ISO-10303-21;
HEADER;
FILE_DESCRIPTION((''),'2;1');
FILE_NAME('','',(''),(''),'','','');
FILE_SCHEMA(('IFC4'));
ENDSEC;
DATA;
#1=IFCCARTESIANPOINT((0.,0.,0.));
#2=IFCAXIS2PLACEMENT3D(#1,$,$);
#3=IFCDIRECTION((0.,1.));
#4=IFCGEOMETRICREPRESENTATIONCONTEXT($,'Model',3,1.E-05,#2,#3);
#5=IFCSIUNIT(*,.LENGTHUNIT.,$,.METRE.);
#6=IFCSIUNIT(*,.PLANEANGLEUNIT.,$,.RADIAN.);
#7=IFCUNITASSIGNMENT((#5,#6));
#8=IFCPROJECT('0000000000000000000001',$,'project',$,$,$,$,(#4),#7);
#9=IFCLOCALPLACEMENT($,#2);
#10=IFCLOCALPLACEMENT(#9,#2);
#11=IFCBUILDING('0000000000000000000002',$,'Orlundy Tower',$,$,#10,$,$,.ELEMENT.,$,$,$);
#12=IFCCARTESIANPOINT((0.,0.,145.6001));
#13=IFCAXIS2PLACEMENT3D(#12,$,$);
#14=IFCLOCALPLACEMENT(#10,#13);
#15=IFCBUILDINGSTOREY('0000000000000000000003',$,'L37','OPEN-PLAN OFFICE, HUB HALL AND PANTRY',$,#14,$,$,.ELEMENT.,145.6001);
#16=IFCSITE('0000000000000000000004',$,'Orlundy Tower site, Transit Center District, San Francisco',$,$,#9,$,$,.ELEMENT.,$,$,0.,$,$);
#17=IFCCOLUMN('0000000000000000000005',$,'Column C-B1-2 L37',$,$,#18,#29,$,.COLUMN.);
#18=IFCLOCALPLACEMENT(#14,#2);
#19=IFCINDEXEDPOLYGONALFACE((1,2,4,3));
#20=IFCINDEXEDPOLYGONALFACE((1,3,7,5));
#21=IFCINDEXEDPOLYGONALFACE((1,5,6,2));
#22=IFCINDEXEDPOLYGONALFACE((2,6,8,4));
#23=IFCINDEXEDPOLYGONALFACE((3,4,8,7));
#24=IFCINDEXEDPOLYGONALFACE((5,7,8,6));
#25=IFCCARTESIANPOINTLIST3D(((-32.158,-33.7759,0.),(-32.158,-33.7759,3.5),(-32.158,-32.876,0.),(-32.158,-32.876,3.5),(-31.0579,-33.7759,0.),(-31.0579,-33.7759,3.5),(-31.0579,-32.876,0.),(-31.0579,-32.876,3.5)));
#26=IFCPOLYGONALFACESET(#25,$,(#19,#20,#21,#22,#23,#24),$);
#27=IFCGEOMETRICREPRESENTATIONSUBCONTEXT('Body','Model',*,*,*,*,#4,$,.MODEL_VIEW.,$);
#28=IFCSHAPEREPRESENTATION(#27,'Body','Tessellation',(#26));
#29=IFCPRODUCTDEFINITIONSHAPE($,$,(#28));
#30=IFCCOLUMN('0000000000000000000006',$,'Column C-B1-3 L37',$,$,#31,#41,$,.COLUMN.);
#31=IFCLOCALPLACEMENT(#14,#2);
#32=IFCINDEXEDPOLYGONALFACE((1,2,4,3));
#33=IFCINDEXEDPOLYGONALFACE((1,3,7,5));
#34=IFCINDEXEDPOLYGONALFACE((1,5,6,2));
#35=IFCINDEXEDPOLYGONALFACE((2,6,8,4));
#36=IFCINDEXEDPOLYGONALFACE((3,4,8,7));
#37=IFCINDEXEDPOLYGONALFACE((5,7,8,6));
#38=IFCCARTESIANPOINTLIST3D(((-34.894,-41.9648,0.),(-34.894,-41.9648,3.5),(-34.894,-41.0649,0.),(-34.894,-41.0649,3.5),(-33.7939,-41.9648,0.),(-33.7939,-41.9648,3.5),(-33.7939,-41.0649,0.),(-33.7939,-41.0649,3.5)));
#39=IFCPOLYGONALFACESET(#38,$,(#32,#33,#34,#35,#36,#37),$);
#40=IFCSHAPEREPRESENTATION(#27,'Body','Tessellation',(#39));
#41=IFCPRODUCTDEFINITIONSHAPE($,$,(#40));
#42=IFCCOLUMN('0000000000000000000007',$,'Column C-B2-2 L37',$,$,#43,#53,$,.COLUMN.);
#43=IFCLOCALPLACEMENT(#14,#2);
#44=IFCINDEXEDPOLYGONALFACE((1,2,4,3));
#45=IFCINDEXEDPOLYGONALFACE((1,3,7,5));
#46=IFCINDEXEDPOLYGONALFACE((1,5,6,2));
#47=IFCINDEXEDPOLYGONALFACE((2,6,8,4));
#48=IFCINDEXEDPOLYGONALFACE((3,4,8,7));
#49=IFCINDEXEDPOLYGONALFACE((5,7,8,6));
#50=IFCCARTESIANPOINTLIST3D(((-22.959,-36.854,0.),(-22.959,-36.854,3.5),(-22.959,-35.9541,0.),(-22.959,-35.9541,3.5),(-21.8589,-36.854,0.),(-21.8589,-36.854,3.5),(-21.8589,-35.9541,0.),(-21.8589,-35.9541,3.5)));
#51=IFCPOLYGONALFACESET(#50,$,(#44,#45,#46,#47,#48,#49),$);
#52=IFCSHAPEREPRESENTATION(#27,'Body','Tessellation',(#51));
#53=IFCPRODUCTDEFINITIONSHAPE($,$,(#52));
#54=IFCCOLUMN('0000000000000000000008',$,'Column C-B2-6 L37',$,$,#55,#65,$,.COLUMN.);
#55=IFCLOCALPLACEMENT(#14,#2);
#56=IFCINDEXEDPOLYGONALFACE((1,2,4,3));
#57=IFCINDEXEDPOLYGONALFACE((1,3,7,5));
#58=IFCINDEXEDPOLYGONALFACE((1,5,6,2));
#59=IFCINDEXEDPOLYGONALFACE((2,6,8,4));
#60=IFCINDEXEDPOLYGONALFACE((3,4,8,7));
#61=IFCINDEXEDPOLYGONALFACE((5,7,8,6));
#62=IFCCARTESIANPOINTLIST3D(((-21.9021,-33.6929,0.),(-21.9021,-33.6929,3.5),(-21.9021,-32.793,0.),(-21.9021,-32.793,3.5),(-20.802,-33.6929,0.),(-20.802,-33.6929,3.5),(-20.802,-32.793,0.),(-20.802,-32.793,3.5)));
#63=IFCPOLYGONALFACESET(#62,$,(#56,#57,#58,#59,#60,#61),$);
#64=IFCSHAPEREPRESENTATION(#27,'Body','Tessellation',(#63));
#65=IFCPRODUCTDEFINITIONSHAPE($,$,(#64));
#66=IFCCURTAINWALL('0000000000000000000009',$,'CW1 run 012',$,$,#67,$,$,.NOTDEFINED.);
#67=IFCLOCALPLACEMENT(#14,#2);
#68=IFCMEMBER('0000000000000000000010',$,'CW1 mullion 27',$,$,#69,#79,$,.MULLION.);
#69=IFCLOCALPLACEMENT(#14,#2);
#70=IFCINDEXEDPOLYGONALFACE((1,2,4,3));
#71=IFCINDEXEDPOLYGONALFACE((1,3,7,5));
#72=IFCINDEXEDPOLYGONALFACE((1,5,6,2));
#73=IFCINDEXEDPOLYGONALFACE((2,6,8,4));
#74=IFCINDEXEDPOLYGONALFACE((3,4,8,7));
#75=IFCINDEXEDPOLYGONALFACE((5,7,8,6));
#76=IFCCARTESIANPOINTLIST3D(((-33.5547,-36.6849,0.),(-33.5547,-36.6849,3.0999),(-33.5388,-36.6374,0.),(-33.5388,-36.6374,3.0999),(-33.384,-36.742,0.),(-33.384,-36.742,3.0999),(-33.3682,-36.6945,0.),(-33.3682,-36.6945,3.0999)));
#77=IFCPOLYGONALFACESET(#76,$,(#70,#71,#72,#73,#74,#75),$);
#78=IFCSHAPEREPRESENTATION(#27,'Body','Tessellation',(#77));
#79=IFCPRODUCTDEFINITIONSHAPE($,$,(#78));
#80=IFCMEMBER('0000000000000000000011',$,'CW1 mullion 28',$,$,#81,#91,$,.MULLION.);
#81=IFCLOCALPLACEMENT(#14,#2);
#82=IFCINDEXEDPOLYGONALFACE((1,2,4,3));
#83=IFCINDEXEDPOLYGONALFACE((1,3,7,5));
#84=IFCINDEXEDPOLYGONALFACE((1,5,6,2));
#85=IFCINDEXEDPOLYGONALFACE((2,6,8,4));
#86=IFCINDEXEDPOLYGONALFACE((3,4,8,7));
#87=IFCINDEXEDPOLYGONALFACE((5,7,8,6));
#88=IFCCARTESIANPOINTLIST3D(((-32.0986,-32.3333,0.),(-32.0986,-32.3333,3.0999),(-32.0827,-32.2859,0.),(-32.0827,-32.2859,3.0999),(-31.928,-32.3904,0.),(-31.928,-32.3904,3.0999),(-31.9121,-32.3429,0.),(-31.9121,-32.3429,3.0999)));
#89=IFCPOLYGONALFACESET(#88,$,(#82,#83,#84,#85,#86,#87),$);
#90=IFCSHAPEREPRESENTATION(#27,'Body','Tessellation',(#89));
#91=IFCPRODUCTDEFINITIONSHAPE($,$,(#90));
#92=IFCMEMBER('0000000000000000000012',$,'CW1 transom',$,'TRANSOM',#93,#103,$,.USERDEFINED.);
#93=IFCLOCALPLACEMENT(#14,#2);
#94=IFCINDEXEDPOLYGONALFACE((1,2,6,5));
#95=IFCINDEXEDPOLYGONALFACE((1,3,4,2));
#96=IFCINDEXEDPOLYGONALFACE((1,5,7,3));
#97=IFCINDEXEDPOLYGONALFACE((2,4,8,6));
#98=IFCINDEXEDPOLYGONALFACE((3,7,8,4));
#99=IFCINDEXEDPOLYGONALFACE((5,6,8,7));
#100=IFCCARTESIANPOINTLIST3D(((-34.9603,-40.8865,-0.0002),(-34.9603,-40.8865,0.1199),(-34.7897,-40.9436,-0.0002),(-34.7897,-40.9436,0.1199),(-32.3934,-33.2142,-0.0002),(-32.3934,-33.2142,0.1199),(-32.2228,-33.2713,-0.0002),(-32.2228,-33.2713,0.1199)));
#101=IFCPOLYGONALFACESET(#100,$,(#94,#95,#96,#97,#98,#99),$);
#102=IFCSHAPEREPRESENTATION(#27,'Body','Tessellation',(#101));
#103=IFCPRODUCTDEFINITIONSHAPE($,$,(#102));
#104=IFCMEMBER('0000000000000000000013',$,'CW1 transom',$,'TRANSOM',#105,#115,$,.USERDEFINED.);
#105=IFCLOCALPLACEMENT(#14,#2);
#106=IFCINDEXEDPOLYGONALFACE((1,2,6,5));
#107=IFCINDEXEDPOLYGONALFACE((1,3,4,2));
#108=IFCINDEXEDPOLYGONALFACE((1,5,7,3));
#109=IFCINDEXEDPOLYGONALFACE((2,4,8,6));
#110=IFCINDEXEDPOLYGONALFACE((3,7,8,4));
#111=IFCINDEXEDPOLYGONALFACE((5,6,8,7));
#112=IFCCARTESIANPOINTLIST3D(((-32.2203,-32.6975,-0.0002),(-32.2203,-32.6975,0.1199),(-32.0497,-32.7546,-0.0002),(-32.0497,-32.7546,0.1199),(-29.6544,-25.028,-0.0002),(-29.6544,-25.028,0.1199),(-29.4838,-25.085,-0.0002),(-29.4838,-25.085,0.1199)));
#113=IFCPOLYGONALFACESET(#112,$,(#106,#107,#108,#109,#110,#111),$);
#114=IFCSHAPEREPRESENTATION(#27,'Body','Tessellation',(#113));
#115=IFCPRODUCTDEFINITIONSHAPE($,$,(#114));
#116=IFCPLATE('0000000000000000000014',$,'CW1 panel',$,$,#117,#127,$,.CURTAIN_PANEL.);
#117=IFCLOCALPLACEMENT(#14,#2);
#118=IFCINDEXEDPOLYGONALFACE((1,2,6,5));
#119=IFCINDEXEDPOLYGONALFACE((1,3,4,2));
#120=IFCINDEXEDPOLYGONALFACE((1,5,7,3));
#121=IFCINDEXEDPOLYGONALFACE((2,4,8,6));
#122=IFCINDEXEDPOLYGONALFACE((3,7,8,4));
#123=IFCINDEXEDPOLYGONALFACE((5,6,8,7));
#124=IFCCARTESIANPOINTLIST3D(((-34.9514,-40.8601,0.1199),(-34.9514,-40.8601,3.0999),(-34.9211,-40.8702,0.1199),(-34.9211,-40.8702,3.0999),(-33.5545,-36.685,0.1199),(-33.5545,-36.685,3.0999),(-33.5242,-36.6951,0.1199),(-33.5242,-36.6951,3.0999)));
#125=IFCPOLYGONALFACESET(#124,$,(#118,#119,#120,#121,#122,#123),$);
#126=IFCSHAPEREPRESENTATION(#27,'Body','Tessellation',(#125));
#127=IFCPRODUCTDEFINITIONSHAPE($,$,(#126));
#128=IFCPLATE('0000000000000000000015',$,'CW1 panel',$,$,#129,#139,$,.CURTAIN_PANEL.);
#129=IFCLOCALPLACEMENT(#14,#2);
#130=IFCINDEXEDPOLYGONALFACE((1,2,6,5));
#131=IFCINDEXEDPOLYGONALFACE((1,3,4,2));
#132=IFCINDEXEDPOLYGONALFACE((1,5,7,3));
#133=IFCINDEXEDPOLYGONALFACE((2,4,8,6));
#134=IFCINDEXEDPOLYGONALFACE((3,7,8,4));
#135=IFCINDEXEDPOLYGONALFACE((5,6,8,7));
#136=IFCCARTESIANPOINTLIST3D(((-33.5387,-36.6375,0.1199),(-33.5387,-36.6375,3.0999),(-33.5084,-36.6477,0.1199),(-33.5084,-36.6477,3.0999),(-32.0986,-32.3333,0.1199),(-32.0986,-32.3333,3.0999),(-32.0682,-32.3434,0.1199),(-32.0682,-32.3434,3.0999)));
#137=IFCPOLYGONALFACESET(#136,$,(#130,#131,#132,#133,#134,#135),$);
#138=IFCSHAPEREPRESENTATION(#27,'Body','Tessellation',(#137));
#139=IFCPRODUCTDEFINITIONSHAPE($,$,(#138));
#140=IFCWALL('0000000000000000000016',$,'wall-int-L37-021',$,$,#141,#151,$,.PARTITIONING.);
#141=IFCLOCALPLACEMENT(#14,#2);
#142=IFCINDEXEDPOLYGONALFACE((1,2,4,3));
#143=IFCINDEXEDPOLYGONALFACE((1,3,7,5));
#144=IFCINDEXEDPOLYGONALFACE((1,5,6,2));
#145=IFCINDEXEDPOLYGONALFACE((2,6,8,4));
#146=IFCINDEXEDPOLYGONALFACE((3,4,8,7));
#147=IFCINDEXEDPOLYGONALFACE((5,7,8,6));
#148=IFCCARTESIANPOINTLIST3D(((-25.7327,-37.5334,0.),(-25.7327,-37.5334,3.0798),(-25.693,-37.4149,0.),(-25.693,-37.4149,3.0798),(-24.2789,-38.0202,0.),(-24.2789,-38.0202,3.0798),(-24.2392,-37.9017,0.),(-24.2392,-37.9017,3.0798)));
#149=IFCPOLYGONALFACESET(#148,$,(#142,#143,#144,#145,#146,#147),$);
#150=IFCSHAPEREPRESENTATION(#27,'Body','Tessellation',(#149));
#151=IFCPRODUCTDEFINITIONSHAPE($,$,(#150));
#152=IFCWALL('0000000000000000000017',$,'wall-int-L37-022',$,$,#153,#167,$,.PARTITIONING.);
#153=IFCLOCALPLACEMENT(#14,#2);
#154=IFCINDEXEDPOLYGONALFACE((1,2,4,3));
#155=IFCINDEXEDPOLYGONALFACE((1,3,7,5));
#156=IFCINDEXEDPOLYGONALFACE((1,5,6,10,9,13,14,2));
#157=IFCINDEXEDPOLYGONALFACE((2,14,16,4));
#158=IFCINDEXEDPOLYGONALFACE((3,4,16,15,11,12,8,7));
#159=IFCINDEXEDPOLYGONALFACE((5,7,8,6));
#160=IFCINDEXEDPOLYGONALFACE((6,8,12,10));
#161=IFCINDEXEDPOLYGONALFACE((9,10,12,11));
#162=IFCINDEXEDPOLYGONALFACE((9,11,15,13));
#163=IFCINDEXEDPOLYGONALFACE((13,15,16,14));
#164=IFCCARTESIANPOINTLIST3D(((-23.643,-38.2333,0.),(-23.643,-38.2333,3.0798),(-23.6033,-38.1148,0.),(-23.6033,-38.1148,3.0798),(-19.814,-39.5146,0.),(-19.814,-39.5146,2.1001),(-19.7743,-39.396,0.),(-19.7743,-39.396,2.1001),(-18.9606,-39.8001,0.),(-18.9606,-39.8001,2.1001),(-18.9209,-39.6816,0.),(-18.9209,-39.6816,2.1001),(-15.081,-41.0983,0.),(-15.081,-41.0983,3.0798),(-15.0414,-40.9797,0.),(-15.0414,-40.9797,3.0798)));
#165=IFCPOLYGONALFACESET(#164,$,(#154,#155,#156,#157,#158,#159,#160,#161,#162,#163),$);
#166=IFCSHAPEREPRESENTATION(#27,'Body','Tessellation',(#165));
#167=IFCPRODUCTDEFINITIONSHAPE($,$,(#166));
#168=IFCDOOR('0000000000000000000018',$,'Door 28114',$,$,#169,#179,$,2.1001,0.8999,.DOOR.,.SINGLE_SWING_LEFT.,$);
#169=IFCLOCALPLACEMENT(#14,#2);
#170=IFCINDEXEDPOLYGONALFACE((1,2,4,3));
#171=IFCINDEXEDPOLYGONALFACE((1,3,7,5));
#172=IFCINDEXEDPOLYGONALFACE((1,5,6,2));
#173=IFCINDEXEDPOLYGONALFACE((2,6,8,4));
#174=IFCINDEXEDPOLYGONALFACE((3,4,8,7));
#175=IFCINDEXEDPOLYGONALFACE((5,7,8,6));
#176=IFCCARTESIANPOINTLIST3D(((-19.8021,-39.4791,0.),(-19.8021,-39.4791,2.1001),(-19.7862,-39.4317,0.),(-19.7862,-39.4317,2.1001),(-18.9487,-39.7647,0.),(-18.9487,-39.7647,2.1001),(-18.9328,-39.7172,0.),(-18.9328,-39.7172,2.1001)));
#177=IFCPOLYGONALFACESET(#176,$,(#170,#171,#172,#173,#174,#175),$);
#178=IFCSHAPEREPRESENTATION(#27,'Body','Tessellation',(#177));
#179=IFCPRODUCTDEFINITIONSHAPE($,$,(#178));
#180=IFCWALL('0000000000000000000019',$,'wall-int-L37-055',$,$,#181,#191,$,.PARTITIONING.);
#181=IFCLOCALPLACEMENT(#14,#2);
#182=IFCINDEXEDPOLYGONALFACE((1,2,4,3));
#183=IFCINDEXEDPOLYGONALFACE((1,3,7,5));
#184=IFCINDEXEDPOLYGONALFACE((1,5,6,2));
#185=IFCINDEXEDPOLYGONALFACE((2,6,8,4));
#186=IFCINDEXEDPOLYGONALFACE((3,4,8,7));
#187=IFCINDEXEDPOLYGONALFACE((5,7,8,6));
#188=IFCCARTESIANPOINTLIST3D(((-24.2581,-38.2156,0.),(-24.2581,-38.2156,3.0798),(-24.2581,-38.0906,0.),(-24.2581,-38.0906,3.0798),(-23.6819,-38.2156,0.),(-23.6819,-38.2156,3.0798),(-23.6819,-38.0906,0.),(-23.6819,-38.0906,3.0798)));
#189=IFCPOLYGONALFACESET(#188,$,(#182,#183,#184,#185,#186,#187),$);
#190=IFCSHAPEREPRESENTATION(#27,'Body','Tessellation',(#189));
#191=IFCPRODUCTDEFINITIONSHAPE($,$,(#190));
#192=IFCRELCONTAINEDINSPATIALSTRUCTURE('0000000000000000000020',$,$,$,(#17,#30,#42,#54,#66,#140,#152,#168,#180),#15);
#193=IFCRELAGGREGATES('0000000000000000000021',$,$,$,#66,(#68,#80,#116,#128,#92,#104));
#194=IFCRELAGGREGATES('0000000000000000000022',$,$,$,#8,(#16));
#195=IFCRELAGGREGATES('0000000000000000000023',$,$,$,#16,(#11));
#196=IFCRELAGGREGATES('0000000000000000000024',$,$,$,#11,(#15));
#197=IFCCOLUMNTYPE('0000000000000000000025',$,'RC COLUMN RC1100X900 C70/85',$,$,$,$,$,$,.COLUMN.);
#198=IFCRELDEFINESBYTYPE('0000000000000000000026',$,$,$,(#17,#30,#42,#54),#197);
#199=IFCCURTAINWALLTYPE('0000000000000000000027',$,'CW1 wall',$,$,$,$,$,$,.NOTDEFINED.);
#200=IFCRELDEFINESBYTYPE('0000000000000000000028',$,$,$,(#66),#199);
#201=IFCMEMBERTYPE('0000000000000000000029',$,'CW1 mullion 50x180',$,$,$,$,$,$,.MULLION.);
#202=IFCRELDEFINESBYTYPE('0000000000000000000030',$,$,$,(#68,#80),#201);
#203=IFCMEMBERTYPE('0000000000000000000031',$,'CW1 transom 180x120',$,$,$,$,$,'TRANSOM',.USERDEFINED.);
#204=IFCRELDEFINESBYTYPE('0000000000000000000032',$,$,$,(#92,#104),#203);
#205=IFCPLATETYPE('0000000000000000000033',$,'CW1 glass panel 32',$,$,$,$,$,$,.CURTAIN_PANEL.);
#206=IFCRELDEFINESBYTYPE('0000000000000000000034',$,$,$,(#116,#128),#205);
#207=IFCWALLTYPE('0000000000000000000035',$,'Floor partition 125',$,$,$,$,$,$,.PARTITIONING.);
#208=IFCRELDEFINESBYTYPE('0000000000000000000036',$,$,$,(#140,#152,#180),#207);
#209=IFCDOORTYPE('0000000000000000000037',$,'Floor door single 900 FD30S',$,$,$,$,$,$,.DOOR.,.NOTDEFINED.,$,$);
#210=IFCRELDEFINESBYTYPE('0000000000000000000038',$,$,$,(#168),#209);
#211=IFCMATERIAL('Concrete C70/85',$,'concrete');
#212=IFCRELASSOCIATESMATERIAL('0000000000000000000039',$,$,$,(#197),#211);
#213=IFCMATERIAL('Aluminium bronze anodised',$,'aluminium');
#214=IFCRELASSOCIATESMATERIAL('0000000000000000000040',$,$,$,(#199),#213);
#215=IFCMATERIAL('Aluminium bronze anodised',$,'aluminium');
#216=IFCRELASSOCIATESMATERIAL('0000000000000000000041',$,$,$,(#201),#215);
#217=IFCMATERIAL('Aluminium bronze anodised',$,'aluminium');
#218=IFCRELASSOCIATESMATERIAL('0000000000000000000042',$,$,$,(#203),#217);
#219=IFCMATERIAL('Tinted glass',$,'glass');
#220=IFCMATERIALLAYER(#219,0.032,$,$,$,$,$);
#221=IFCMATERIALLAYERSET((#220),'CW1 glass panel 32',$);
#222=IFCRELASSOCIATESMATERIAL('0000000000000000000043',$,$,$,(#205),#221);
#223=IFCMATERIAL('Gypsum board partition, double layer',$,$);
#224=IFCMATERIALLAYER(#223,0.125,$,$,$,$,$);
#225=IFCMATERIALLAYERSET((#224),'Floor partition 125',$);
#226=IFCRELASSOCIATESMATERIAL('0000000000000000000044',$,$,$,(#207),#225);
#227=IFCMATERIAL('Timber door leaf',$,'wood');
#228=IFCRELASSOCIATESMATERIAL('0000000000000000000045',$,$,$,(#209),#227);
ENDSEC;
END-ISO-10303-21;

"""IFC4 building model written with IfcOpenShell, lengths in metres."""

from ifc_helpers import new_model, si_unit, direction, frame, frame_2d, origin, origin_2d, place, context, subcontext, project, spatial, rectangle, extrude, material, layer, layer_set, material_profile, profile_set, type_object, element, fill, aggregate, save


model = new_model("IFC4")

# Units and contexts
model_context = context("Model", 3, precision=1e-05, world=origin(), true_north=direction((0.0, 1.0)))
body_context = subcontext(model_context, "Body", "Model", "MODEL_VIEW")
ifc_project = project(units=[si_unit("LENGTHUNIT", "METRE"), si_unit("PLANEANGLEUNIT", "RADIAN")], contexts=[model_context])

# Site, building, storey
site_placement = place(None, origin())
site = spatial("IfcSite", under=ifc_project, at=site_placement, Name="Orlundy Tower site, Transit Center District, San Francisco", CompositionType="ELEMENT", RefElevation=0.0)
building_placement = place(site_placement, origin())
building = spatial("IfcBuilding", under=site, at=building_placement, Name="Orlundy Tower", CompositionType="ELEMENT")
storey_placement = place(building_placement, frame((0.0, 0.0, 145.6001)))
storey = spatial("IfcBuildingStorey", under=building, at=storey_placement, Name="L37", Description="OPEN-PLAN OFFICE, HUB HALL AND PANTRY", CompositionType="ELEMENT", Elevation=145.6001)

# Columns
ifc_material_1 = material(Name="Concrete C70/85", Category="concrete")
ifc_material_profile_1 = material_profile(ifc_material_1, rectangle(XDim=1.1001, YDim=0.8999, at=origin_2d()), Name="RC1100X900")
ifc_profile_set_1 = profile_set([ifc_material_profile_1], Name="Concrete C70/85")
column_type = type_object("IfcColumnType", Name="RC COLUMN RC1100X900 C70/85", PredefinedType="COLUMN", material=ifc_profile_set_1)
for number, where, z_axis, x_axis, name in (
    (1, (-31.6079, -33.3259, 0.0), (0.0, 0.0, 1.0), (1.0, 0.0, 0.0), "Column C-B1-2 L37"),
    (2, (-34.344, -41.5149, 0.0), (0.0, 0.0, 1.0), (1.0, 0.0, 0.0), "Column C-B1-3 L37"),
    (3, (-22.4089, -36.4041, 0.0), (0.0, 0.0, 1.0), (1.0, 0.0, 0.0), "Column C-B2-2 L37"),
    (4, (-21.3521, -33.2429, 0.0), (0.0, 0.0, 1.0), (1.0, 0.0, 0.0), "Column C-B2-6 L37"),
):
    element("IfcColumn", number, at=place(storey_placement, frame(where, z_axis=z_axis, x_axis=x_axis)), inside=storey, type_object=column_type, Name=name, PredefinedType="COLUMN", context=body_context, shape_type="SweptSolid", body=[
        extrude(rectangle(XDim=1.1001, YDim=0.8999, at=origin_2d()), origin(), (0.0, 0.0, 1.0), 3.5),
    ])

# Curtain wall, members, plates
ifc_material_2 = material(Name="Aluminium bronze anodised", Category="aluminium")
curtain_wall_type = type_object("IfcCurtainWallType", Name="CW1 wall", PredefinedType="NOTDEFINED", material=ifc_material_2)
curtain_wall_placement = place(storey_placement, origin())
curtain_wall = element("IfcCurtainWall", 5, at=curtain_wall_placement, inside=storey, type_object=curtain_wall_type, Name="CW1 run 012", PredefinedType="NOTDEFINED")
ifc_material_3 = material(Name="Aluminium bronze anodised", Category="aluminium")
ifc_material_profile_2 = material_profile(ifc_material_3, rectangle(XDim=0.1799, YDim=0.05, at=origin_2d()), Name="CW1 mullion 50x180")
ifc_profile_set_2 = profile_set([ifc_material_profile_2], Name="Aluminium bronze anodised")
member_type_1 = type_object("IfcMemberType", Name="CW1 mullion 50x180", PredefinedType="MULLION", material=ifc_profile_set_2)
member_1_placement = place(storey_placement, frame((-33.4614, -36.6897, 0.0), z_axis=(0.0, 0.0, 1.0), x_axis=(-0.948327, 0.317295, 0.0)))
member_1 = element("IfcMember", 6, at=member_1_placement, type_object=member_type_1, Name="CW1 mullion 27", PredefinedType="MULLION", context=body_context, shape_type="SweptSolid", body=[
    extrude(rectangle(XDim=0.1799, YDim=0.05, at=origin_2d()), origin(), (0.0, 0.0, 1.0), 3.0999),
])
member_2_placement = place(storey_placement, frame((-32.0054, -32.3381, 0.0), z_axis=(0.0, 0.0, 1.0), x_axis=(-0.948327, 0.317295, 0.0)))
member_2 = element("IfcMember", 7, at=member_2_placement, type_object=member_type_1, Name="CW1 mullion 28", PredefinedType="MULLION", context=body_context, shape_type="SweptSolid", body=[
    extrude(rectangle(XDim=0.1799, YDim=0.05, at=origin_2d()), origin(), (0.0, 0.0, 1.0), 3.0999),
])
ifc_material_4 = material(Name="Aluminium bronze anodised", Category="aluminium")
ifc_material_profile_3 = material_profile(ifc_material_4, rectangle(XDim=0.1799, YDim=0.1201, at=origin_2d()), Name="CW1 transom 180x120")
ifc_profile_set_3 = profile_set([ifc_material_profile_3], Name="Aluminium bronze anodised")
member_type_2 = type_object("IfcMemberType", Name="CW1 transom 180x120", ElementType="TRANSOM", PredefinedType="USERDEFINED", material=ifc_profile_set_3)
member_3_placement = place(storey_placement, frame((-34.875, -40.915, 0.0598), z_axis=(0.317278, 0.948333, 0.0), x_axis=(-0.948333, 0.317278, 0.0)))
member_3 = element("IfcMember", 8, at=member_3_placement, type_object=member_type_2, Name="CW1 transom", ObjectType="TRANSOM", PredefinedType="USERDEFINED", context=body_context, shape_type="SweptSolid", body=[
    extrude(rectangle(XDim=0.1799, YDim=0.1201, at=origin_2d()), origin(), (0.0, 0.0, 1.0), 8.0903),
])
member_4_placement = place(storey_placement, frame((-32.135, -32.7261, 0.0598), z_axis=(0.317269, 0.948336, 0.0), x_axis=(-0.948336, 0.317269, 0.0)))
member_4 = element("IfcMember", 9, at=member_4_placement, type_object=member_type_2, Name="CW1 transom", ObjectType="TRANSOM", PredefinedType="USERDEFINED", context=body_context, shape_type="SweptSolid", body=[
    extrude(rectangle(XDim=0.1799, YDim=0.1201, at=origin_2d()), origin(), (0.0, 0.0, 1.0), 8.0874),
])
ifc_material_5 = material(Name="Tinted glass", Category="glass")
ifc_layer_1 = layer(ifc_material_5, 0.032)
ifc_layer_set_1 = layer_set([ifc_layer_1], Name="CW1 glass panel 32")
plate_type = type_object("IfcPlateType", Name="CW1 glass panel 32", PredefinedType="CURTAIN_PANEL", material=ifc_layer_set_1)
plate_1_placement = place(storey_placement, frame((-34.2378, -38.7776, 0.1199), z_axis=(0.0, 0.0, 1.0), x_axis=(0.317295, 0.948327, 0.0)))
plate_1 = element("IfcPlate", 10, at=plate_1_placement, type_object=plate_type, Name="CW1 panel", PredefinedType="CURTAIN_PANEL", context=body_context, shape_type="SweptSolid", body=[
    extrude(rectangle(XDim=4.4026, YDim=0.032, at=origin_2d()), origin(), (0.0, 0.0, 1.0), 2.98),
])
plate_2_placement = place(storey_placement, frame((-32.8035, -34.4905, 0.1199), z_axis=(0.0, 0.0, 1.0), x_axis=(0.317295, 0.948327, 0.0)))
plate_2 = element("IfcPlate", 11, at=plate_2_placement, type_object=plate_type, Name="CW1 panel", PredefinedType="CURTAIN_PANEL", context=body_context, shape_type="SweptSolid", body=[
    extrude(rectangle(XDim=4.5388, YDim=0.032, at=origin_2d()), origin(), (0.0, 0.0, 1.0), 2.98),
])
aggregate(curtain_wall, [member_1, member_2, plate_1, plate_2, member_3, member_4])

# Wall
ifc_material_6 = material(Name="Gypsum board partition, double layer")
ifc_layer_2 = layer(ifc_material_6, 0.125)
ifc_layer_set_2 = layer_set([ifc_layer_2], Name="Floor partition 125")
wall_type_1 = type_object("IfcWallType", Name="Floor partition 125", PredefinedType="PARTITIONING", material=ifc_layer_set_2)
wall_1_placement = place(storey_placement, frame((-25.7129, -37.4741, 0.0), z_axis=(0.0, 0.0, 1.0), x_axis=(0.948252, -0.317517, 0.0)))
element("IfcWall", 12, at=wall_1_placement, inside=storey, type_object=wall_type_1, Name="wall-int-L37-021", PredefinedType="PARTITIONING", context=body_context, shape_type="SweptSolid", body=[
    extrude(rectangle(XDim=1.5332, YDim=0.125, at=frame_2d((0.7666, 0.0))), origin(), (0.0, 0.0, 1.0), 3.0798),
])

# Wall, opening, door
wall_2_placement = place(storey_placement, frame((-23.623, -38.1741, 0.0), z_axis=(0.0, 0.0, 1.0), x_axis=(0.948318, -0.317323, 0.0)))
wall_2 = element("IfcWall", 13, at=wall_2_placement, inside=storey, type_object=wall_type_1, Name="wall-int-L37-022", PredefinedType="PARTITIONING", context=body_context, shape_type="SweptSolid", body=[
    extrude(rectangle(XDim=9.0286, YDim=0.125, at=frame_2d((4.5142, 0.0))), origin(), (0.0, 0.0, 1.0), 3.0798),
])
opening_placement = place(wall_2_placement, frame((4.0376, 0.0, 0.0)))
opening = element("IfcOpeningElement", 14, at=opening_placement, cuts=wall_2, PredefinedType="OPENING", context=body_context, shape_type="SweptSolid", body=[
    extrude(rectangle(XDim=0.8999, YDim=2.1001, at=frame_2d((0.45, 1.05))), frame((0.0, 0.0725, 0.0), z_axis=(0.0, -1.0, 0.0), x_axis=(1.0, 0.0, 0.0)), (0.0, 0.0, 1.0), 0.145),
])
ifc_material_7 = material(Name="Timber door leaf", Category="wood")
door_type = type_object("IfcDoorType", Name="Floor door single 900 FD30S", OperationType="NOTDEFINED", PredefinedType="DOOR", material=ifc_material_7)
door_placement = place(opening_placement, origin())
door = element("IfcDoor", 15, at=door_placement, inside=storey, type_object=door_type, Name="Door 28114", OperationType="SINGLE_SWING_LEFT", OverallHeight=2.1001, OverallWidth=0.8999, PredefinedType="DOOR", context=body_context, shape_type="SweptSolid", body=[
    extrude(rectangle(XDim=0.8999, YDim=2.1001, at=frame_2d((0.45, 1.05))), frame((0.0, 0.0249, 0.0), z_axis=(0.0, -1.0, 0.0), x_axis=(1.0, 0.0, 0.0)), (0.0, 0.0, 1.0), 0.05),
])
fill(opening, door)

# Wall
wall_3_placement = place(storey_placement, frame((-24.2581, -38.1531, 0.0), z_axis=(0.0, 0.0, 1.0), x_axis=(1.0, 0.0, 0.0)))
element("IfcWall", 16, at=wall_3_placement, inside=storey, type_object=wall_type_1, Name="wall-int-L37-055", PredefinedType="PARTITIONING", context=body_context, shape_type="SweptSolid", body=[
    extrude(rectangle(XDim=0.5762, YDim=0.125, at=frame_2d((0.2881, 0.0))), origin(), (0.0, 0.0, 1.0), 3.0798),
])

save(model, "model.ifc")
